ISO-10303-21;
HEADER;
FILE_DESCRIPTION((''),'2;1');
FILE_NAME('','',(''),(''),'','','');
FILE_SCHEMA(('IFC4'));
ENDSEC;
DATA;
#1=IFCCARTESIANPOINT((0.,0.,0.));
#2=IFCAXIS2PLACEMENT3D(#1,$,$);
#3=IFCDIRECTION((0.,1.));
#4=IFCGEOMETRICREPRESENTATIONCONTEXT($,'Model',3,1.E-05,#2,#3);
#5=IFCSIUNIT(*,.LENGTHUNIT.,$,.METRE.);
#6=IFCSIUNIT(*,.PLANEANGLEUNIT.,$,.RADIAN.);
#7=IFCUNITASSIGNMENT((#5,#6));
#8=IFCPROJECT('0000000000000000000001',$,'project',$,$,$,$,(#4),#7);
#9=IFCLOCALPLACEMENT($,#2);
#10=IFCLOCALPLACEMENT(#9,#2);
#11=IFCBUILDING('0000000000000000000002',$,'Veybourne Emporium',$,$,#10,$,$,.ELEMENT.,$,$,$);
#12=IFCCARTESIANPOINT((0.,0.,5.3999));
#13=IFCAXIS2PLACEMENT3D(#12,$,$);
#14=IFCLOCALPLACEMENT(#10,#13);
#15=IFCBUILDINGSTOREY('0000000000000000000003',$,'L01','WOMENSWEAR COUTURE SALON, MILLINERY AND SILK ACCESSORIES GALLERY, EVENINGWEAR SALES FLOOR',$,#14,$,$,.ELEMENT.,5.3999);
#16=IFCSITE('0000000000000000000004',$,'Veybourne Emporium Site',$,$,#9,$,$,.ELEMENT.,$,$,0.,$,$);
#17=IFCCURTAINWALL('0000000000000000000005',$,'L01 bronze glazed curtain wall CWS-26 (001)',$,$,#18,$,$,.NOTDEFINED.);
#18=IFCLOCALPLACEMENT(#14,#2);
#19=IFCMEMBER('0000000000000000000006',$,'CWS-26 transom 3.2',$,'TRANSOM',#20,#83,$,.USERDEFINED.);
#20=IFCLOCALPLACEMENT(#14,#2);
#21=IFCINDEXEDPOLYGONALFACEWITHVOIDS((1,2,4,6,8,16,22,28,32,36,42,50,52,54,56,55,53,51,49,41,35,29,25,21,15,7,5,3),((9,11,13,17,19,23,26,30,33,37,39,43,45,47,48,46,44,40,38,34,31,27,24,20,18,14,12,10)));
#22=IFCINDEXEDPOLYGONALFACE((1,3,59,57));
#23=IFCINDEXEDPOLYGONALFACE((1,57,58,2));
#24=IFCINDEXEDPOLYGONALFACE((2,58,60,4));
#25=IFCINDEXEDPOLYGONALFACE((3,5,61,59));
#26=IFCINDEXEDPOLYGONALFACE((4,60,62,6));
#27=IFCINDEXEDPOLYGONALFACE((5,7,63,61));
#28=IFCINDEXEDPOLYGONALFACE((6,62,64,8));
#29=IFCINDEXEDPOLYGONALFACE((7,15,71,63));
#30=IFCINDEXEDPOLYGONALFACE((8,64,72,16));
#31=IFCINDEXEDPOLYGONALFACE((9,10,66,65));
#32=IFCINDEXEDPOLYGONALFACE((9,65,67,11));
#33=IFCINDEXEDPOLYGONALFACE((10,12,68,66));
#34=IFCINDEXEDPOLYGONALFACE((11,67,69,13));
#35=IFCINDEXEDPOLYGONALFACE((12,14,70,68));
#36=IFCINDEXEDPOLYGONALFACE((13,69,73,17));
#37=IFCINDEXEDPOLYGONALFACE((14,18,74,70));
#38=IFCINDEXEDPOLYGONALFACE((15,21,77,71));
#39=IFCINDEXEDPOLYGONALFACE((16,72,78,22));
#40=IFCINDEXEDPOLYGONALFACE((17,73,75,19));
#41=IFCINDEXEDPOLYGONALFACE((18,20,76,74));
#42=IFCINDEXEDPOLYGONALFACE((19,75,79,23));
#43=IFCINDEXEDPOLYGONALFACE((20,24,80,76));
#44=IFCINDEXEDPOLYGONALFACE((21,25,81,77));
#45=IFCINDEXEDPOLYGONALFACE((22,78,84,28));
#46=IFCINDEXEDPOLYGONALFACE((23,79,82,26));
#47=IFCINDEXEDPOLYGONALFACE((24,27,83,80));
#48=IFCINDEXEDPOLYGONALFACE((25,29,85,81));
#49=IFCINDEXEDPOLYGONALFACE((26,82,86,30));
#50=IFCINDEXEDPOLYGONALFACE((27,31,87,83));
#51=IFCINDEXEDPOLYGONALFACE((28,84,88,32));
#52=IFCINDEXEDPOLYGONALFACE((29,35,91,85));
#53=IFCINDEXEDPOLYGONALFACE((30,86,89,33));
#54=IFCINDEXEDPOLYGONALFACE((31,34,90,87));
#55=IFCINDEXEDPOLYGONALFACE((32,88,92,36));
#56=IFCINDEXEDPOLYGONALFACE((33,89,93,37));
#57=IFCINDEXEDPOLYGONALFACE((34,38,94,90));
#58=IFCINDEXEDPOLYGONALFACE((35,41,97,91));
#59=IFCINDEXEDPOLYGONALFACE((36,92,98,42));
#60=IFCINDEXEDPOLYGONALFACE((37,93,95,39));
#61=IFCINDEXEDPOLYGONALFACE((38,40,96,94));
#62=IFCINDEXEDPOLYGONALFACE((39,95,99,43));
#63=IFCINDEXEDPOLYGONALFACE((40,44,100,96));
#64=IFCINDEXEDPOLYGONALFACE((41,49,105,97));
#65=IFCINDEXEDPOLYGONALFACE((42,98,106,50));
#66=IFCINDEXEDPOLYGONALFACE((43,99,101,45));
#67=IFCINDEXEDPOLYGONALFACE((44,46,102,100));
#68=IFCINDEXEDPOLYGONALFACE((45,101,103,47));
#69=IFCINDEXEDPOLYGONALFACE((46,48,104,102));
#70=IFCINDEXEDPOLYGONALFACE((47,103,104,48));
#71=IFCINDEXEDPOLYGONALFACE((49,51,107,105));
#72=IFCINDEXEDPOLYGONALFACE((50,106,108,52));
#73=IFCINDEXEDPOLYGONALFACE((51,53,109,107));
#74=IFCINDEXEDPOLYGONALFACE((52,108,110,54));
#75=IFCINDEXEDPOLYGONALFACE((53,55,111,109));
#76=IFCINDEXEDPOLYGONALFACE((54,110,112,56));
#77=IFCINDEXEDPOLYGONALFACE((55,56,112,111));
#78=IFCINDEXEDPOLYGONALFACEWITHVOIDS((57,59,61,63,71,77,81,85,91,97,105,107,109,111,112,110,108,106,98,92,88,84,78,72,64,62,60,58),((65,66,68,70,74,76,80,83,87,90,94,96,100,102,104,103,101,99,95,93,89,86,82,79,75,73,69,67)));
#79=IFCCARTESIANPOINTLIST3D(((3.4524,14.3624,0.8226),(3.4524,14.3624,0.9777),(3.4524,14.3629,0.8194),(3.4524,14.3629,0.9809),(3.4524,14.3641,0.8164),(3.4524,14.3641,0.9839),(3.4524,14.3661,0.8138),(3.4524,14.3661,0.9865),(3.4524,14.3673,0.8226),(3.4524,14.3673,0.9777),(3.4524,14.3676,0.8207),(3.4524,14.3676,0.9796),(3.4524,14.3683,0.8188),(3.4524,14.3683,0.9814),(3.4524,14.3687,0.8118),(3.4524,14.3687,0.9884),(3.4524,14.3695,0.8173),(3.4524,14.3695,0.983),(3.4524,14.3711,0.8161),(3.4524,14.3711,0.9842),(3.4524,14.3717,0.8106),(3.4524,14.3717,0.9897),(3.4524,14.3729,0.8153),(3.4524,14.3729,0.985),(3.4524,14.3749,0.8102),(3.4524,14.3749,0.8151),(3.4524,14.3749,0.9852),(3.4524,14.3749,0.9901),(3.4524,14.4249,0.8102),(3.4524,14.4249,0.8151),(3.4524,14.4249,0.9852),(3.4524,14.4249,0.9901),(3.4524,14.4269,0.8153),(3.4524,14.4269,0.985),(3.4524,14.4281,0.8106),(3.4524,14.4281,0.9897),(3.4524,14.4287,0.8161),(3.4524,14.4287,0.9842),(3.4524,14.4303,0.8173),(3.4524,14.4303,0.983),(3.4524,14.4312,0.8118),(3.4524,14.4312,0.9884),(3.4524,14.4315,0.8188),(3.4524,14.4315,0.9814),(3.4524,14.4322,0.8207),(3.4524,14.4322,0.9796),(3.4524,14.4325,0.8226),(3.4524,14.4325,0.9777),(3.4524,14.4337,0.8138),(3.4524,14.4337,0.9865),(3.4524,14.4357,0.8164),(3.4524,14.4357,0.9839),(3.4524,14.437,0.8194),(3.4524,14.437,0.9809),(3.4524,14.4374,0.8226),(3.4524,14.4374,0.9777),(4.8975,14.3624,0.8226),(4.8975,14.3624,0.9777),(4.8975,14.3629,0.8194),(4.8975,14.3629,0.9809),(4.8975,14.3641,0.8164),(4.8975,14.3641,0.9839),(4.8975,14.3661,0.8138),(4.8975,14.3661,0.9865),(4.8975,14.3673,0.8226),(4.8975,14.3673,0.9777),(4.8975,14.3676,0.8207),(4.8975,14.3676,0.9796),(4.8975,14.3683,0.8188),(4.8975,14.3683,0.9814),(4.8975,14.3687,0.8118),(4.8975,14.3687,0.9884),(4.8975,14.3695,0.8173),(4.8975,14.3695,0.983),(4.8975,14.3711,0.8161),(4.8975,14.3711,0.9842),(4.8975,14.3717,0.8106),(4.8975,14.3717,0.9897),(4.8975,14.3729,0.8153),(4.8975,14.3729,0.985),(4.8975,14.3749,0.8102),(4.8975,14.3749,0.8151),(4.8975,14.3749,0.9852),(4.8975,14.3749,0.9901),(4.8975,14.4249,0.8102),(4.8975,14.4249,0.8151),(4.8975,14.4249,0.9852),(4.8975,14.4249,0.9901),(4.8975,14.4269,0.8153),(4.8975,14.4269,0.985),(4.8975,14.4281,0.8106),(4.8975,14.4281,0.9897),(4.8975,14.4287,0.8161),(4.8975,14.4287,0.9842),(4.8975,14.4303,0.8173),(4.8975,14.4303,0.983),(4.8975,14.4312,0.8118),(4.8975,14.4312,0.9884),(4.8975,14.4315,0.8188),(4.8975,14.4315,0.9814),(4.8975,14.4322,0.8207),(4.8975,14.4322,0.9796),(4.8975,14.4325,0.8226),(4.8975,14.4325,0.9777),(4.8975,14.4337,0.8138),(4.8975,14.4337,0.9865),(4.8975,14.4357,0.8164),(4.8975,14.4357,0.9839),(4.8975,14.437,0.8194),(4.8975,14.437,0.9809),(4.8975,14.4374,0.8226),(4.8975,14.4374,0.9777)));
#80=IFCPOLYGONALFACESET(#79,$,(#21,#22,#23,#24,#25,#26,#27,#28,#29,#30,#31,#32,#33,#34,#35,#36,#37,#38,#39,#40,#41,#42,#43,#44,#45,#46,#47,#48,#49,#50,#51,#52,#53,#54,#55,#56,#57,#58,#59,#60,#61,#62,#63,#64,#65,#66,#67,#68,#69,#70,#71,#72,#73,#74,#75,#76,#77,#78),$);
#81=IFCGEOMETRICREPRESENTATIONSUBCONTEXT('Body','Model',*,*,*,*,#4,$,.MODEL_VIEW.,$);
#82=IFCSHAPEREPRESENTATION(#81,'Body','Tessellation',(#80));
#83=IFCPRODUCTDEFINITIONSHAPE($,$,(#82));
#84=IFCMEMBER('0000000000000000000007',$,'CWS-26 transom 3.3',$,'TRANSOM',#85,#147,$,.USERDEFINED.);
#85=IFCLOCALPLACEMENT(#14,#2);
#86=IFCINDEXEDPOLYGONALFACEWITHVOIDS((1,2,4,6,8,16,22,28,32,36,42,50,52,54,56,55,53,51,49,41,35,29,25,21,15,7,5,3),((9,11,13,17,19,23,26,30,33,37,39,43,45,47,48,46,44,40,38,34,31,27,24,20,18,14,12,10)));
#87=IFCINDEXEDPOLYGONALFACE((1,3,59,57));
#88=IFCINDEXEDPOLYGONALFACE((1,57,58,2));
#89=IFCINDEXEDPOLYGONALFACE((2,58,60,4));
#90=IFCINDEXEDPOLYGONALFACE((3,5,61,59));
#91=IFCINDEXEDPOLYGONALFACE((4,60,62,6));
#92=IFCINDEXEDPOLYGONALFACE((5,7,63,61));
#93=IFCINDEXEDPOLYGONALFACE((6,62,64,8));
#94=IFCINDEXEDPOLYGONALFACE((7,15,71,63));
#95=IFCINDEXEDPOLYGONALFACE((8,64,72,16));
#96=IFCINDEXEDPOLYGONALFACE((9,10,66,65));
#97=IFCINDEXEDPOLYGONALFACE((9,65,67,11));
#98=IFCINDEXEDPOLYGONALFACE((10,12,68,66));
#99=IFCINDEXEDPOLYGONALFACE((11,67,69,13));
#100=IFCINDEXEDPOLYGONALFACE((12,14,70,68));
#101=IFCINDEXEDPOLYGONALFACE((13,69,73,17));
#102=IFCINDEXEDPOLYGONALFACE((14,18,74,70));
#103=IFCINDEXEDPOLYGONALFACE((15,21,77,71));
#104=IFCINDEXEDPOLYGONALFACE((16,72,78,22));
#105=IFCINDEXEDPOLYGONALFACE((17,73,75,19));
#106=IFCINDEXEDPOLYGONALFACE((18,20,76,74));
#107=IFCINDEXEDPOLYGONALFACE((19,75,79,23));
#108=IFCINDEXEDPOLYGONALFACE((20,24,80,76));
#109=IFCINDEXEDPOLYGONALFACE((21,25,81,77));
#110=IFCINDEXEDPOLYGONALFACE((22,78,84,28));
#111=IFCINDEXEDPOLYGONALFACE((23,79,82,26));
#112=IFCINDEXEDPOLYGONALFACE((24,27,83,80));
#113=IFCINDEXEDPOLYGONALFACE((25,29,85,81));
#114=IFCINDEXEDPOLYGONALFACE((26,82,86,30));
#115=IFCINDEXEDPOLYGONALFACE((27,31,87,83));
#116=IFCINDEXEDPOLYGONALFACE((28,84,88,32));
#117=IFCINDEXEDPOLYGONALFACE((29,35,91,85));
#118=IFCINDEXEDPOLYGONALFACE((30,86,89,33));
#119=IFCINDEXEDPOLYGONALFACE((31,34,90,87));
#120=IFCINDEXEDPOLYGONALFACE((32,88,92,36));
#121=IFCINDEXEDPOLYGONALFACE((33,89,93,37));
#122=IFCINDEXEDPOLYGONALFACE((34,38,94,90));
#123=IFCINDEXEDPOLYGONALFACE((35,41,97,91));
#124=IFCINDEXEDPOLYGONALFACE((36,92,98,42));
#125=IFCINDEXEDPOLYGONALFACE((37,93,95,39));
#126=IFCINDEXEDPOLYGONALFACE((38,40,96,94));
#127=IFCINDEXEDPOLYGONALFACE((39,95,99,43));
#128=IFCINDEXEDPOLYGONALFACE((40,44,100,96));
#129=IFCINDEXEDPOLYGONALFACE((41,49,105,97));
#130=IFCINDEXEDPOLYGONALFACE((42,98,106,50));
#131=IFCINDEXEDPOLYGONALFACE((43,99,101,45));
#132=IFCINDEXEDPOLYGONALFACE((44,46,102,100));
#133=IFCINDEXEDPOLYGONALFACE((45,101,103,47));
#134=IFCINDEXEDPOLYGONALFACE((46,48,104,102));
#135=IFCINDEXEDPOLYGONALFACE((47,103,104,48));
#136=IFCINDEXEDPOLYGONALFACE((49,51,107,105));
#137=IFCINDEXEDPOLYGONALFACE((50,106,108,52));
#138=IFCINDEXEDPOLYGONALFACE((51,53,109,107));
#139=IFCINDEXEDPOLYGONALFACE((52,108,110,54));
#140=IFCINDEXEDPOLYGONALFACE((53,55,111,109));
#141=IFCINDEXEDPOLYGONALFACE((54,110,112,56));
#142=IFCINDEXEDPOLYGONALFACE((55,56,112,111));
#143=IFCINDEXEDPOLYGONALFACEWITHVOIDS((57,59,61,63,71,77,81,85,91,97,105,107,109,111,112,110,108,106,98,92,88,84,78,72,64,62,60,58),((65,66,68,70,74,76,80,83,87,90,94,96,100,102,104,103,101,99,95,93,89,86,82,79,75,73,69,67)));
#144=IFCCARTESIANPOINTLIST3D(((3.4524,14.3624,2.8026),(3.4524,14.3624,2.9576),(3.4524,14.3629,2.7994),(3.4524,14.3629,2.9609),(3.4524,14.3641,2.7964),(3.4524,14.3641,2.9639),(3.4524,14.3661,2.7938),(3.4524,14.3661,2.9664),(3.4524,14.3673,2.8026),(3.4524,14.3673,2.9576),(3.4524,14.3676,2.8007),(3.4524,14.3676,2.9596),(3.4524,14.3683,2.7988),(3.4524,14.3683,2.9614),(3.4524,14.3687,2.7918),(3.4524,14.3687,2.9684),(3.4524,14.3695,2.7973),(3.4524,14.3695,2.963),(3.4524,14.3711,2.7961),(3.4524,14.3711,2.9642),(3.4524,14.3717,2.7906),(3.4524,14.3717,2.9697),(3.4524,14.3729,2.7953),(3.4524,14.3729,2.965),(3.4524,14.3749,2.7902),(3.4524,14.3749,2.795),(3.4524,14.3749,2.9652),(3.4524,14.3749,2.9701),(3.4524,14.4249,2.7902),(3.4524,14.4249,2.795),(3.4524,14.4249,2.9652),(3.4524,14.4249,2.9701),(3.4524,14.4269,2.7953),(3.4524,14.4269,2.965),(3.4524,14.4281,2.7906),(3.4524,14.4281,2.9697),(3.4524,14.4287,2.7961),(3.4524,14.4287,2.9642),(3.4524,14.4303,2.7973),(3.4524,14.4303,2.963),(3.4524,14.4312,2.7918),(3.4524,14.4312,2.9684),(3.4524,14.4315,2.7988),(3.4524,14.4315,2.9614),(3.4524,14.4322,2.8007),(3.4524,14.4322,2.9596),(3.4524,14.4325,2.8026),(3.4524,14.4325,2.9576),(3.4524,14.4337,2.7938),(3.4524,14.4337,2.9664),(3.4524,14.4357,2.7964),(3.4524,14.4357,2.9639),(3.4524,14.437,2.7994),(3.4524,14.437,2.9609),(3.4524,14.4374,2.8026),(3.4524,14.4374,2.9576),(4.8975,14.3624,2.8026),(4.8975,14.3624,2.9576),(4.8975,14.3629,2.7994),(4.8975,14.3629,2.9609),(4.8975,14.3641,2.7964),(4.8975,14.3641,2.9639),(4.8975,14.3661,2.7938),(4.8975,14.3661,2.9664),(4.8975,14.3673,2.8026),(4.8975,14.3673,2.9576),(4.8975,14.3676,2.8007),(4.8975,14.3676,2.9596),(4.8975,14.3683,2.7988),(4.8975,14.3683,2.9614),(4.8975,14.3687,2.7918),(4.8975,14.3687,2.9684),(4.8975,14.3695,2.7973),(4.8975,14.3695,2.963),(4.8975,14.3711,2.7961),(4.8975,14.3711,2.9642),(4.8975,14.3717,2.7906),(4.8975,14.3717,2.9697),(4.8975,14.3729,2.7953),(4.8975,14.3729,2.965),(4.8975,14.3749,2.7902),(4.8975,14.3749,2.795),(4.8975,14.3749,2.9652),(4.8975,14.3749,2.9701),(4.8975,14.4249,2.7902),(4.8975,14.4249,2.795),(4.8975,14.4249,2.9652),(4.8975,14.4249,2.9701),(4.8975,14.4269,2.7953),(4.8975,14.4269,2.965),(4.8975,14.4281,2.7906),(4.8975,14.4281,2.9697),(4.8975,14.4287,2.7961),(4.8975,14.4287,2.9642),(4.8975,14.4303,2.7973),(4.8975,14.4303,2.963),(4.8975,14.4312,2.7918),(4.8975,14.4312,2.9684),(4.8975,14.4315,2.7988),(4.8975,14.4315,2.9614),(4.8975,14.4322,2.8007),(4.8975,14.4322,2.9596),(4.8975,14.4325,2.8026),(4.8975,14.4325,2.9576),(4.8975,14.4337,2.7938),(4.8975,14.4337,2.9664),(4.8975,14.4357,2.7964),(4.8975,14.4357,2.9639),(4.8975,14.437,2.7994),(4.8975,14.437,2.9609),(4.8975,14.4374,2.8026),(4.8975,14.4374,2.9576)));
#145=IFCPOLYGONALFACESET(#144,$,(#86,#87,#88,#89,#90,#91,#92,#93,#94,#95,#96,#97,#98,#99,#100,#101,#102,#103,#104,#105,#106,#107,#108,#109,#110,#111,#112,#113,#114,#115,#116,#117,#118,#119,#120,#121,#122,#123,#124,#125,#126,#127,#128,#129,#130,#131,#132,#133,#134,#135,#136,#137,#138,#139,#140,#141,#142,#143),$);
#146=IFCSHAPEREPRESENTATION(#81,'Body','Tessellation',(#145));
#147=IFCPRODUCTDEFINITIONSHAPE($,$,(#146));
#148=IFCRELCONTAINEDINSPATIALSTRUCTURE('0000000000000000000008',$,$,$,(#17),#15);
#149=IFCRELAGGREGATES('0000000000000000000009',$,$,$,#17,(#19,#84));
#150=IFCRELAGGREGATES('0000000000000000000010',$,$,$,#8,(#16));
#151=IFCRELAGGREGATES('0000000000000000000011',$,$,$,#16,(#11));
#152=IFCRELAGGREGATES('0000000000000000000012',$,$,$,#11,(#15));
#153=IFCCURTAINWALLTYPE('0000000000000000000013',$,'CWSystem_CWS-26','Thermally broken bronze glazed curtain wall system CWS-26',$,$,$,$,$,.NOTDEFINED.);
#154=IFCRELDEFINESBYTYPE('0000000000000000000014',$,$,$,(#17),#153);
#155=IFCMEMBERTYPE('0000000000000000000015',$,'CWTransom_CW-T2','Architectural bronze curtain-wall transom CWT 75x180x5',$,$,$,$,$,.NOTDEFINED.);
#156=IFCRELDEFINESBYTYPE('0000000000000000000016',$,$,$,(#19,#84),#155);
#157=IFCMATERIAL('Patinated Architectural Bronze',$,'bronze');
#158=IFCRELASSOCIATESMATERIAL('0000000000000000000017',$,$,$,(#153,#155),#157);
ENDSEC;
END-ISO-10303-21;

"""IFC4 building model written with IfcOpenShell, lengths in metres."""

from ifc_helpers import new_model, si_unit, direction, frame, origin, origin_2d, place, context, subcontext, project, spatial, hollow_rectangle, extrude, material, material_profile, profile_set, type_object, element, aggregate, save


model = new_model("IFC4")

# Units and contexts
model_context = context("Model", 3, precision=1e-05, world=origin(), true_north=direction((0.0, 1.0)))
body_context = subcontext(model_context, "Body", "Model", "MODEL_VIEW")
ifc_project = project(units=[si_unit("LENGTHUNIT", "METRE"), si_unit("PLANEANGLEUNIT", "RADIAN")], contexts=[model_context])

# Site, building, storey
site_placement = place(None, origin())
site = spatial("IfcSite", under=ifc_project, at=site_placement, Name="Veybourne Emporium Site", CompositionType="ELEMENT", RefElevation=0.0)
building_placement = place(site_placement, origin())
building = spatial("IfcBuilding", under=site, at=building_placement, Name="Veybourne Emporium", CompositionType="ELEMENT")
storey_placement = place(building_placement, frame((0.0, 0.0, 5.3999)))
storey = spatial("IfcBuildingStorey", under=building, at=storey_placement, Name="L01", Description="WOMENSWEAR COUTURE SALON, MILLINERY AND SILK ACCESSORIES GALLERY, EVENINGWEAR SALES FLOOR", CompositionType="ELEMENT", Elevation=5.3999)

# Curtain wall, members
ifc_material_1 = material(Name="Patinated Architectural Bronze", Category="bronze")
curtain_wall_type = type_object("IfcCurtainWallType", Name="CWSystem_CWS-26", Description="Thermally broken bronze glazed curtain wall system CWS-26", PredefinedType="NOTDEFINED", material=ifc_material_1)
curtain_wall_placement = place(storey_placement, origin())
curtain_wall = element("IfcCurtainWall", 1, at=curtain_wall_placement, inside=storey, type_object=curtain_wall_type, Name="L01 bronze glazed curtain wall CWS-26 (001)", PredefinedType="NOTDEFINED")
ifc_material_profile_1 = material_profile(ifc_material_1, hollow_rectangle(XDim=0.075, YDim=0.1799, WallThickness=0.0049, InnerFilletRadius=0.0076, OuterFilletRadius=0.0125, at=origin_2d()), Name="CWT 75x180x5")
ifc_profile_set_1 = profile_set([ifc_material_profile_1], Name="Patinated Architectural Bronze")
member_type_1 = type_object("IfcMemberType", Name="CWTransom_CW-T2", Description="Architectural bronze curtain-wall transom CWT 75x180x5", PredefinedType="NOTDEFINED", material=ifc_profile_set_1)
member_1_placement = place(storey_placement, frame((4.8975, 14.3999, 0.9001), z_axis=(-1.0, 0.0, 0.0), x_axis=(0.0, -1.0, 0.0)))
member_1 = element("IfcMember", 2, at=member_1_placement, type_object=member_type_1, Name="CWS-26 transom 3.2", ObjectType="TRANSOM", PredefinedType="USERDEFINED", context=body_context, shape_type="SweptSolid", body=[
    extrude(hollow_rectangle(XDim=0.075, YDim=0.1799, WallThickness=0.0049, InnerFilletRadius=0.0076, OuterFilletRadius=0.0125, at=origin_2d()), origin(), (0.0, 0.0, 1.0), 1.4451),
])
member_2_placement = place(storey_placement, frame((4.8975, 14.3999, 2.8801), z_axis=(-1.0, 0.0, 0.0), x_axis=(0.0, -1.0, 0.0)))
member_2 = element("IfcMember", 3, at=member_2_placement, type_object=member_type_1, Name="CWS-26 transom 3.3", ObjectType="TRANSOM", PredefinedType="USERDEFINED", context=body_context, shape_type="SweptSolid", body=[
    extrude(hollow_rectangle(XDim=0.075, YDim=0.1799, WallThickness=0.0049, InnerFilletRadius=0.0076, OuterFilletRadius=0.0125, at=origin_2d()), origin(), (0.0, 0.0, 1.0), 1.4451),
])

aggregate(curtain_wall, [member_1, member_2])

save(model, "model.ifc")
